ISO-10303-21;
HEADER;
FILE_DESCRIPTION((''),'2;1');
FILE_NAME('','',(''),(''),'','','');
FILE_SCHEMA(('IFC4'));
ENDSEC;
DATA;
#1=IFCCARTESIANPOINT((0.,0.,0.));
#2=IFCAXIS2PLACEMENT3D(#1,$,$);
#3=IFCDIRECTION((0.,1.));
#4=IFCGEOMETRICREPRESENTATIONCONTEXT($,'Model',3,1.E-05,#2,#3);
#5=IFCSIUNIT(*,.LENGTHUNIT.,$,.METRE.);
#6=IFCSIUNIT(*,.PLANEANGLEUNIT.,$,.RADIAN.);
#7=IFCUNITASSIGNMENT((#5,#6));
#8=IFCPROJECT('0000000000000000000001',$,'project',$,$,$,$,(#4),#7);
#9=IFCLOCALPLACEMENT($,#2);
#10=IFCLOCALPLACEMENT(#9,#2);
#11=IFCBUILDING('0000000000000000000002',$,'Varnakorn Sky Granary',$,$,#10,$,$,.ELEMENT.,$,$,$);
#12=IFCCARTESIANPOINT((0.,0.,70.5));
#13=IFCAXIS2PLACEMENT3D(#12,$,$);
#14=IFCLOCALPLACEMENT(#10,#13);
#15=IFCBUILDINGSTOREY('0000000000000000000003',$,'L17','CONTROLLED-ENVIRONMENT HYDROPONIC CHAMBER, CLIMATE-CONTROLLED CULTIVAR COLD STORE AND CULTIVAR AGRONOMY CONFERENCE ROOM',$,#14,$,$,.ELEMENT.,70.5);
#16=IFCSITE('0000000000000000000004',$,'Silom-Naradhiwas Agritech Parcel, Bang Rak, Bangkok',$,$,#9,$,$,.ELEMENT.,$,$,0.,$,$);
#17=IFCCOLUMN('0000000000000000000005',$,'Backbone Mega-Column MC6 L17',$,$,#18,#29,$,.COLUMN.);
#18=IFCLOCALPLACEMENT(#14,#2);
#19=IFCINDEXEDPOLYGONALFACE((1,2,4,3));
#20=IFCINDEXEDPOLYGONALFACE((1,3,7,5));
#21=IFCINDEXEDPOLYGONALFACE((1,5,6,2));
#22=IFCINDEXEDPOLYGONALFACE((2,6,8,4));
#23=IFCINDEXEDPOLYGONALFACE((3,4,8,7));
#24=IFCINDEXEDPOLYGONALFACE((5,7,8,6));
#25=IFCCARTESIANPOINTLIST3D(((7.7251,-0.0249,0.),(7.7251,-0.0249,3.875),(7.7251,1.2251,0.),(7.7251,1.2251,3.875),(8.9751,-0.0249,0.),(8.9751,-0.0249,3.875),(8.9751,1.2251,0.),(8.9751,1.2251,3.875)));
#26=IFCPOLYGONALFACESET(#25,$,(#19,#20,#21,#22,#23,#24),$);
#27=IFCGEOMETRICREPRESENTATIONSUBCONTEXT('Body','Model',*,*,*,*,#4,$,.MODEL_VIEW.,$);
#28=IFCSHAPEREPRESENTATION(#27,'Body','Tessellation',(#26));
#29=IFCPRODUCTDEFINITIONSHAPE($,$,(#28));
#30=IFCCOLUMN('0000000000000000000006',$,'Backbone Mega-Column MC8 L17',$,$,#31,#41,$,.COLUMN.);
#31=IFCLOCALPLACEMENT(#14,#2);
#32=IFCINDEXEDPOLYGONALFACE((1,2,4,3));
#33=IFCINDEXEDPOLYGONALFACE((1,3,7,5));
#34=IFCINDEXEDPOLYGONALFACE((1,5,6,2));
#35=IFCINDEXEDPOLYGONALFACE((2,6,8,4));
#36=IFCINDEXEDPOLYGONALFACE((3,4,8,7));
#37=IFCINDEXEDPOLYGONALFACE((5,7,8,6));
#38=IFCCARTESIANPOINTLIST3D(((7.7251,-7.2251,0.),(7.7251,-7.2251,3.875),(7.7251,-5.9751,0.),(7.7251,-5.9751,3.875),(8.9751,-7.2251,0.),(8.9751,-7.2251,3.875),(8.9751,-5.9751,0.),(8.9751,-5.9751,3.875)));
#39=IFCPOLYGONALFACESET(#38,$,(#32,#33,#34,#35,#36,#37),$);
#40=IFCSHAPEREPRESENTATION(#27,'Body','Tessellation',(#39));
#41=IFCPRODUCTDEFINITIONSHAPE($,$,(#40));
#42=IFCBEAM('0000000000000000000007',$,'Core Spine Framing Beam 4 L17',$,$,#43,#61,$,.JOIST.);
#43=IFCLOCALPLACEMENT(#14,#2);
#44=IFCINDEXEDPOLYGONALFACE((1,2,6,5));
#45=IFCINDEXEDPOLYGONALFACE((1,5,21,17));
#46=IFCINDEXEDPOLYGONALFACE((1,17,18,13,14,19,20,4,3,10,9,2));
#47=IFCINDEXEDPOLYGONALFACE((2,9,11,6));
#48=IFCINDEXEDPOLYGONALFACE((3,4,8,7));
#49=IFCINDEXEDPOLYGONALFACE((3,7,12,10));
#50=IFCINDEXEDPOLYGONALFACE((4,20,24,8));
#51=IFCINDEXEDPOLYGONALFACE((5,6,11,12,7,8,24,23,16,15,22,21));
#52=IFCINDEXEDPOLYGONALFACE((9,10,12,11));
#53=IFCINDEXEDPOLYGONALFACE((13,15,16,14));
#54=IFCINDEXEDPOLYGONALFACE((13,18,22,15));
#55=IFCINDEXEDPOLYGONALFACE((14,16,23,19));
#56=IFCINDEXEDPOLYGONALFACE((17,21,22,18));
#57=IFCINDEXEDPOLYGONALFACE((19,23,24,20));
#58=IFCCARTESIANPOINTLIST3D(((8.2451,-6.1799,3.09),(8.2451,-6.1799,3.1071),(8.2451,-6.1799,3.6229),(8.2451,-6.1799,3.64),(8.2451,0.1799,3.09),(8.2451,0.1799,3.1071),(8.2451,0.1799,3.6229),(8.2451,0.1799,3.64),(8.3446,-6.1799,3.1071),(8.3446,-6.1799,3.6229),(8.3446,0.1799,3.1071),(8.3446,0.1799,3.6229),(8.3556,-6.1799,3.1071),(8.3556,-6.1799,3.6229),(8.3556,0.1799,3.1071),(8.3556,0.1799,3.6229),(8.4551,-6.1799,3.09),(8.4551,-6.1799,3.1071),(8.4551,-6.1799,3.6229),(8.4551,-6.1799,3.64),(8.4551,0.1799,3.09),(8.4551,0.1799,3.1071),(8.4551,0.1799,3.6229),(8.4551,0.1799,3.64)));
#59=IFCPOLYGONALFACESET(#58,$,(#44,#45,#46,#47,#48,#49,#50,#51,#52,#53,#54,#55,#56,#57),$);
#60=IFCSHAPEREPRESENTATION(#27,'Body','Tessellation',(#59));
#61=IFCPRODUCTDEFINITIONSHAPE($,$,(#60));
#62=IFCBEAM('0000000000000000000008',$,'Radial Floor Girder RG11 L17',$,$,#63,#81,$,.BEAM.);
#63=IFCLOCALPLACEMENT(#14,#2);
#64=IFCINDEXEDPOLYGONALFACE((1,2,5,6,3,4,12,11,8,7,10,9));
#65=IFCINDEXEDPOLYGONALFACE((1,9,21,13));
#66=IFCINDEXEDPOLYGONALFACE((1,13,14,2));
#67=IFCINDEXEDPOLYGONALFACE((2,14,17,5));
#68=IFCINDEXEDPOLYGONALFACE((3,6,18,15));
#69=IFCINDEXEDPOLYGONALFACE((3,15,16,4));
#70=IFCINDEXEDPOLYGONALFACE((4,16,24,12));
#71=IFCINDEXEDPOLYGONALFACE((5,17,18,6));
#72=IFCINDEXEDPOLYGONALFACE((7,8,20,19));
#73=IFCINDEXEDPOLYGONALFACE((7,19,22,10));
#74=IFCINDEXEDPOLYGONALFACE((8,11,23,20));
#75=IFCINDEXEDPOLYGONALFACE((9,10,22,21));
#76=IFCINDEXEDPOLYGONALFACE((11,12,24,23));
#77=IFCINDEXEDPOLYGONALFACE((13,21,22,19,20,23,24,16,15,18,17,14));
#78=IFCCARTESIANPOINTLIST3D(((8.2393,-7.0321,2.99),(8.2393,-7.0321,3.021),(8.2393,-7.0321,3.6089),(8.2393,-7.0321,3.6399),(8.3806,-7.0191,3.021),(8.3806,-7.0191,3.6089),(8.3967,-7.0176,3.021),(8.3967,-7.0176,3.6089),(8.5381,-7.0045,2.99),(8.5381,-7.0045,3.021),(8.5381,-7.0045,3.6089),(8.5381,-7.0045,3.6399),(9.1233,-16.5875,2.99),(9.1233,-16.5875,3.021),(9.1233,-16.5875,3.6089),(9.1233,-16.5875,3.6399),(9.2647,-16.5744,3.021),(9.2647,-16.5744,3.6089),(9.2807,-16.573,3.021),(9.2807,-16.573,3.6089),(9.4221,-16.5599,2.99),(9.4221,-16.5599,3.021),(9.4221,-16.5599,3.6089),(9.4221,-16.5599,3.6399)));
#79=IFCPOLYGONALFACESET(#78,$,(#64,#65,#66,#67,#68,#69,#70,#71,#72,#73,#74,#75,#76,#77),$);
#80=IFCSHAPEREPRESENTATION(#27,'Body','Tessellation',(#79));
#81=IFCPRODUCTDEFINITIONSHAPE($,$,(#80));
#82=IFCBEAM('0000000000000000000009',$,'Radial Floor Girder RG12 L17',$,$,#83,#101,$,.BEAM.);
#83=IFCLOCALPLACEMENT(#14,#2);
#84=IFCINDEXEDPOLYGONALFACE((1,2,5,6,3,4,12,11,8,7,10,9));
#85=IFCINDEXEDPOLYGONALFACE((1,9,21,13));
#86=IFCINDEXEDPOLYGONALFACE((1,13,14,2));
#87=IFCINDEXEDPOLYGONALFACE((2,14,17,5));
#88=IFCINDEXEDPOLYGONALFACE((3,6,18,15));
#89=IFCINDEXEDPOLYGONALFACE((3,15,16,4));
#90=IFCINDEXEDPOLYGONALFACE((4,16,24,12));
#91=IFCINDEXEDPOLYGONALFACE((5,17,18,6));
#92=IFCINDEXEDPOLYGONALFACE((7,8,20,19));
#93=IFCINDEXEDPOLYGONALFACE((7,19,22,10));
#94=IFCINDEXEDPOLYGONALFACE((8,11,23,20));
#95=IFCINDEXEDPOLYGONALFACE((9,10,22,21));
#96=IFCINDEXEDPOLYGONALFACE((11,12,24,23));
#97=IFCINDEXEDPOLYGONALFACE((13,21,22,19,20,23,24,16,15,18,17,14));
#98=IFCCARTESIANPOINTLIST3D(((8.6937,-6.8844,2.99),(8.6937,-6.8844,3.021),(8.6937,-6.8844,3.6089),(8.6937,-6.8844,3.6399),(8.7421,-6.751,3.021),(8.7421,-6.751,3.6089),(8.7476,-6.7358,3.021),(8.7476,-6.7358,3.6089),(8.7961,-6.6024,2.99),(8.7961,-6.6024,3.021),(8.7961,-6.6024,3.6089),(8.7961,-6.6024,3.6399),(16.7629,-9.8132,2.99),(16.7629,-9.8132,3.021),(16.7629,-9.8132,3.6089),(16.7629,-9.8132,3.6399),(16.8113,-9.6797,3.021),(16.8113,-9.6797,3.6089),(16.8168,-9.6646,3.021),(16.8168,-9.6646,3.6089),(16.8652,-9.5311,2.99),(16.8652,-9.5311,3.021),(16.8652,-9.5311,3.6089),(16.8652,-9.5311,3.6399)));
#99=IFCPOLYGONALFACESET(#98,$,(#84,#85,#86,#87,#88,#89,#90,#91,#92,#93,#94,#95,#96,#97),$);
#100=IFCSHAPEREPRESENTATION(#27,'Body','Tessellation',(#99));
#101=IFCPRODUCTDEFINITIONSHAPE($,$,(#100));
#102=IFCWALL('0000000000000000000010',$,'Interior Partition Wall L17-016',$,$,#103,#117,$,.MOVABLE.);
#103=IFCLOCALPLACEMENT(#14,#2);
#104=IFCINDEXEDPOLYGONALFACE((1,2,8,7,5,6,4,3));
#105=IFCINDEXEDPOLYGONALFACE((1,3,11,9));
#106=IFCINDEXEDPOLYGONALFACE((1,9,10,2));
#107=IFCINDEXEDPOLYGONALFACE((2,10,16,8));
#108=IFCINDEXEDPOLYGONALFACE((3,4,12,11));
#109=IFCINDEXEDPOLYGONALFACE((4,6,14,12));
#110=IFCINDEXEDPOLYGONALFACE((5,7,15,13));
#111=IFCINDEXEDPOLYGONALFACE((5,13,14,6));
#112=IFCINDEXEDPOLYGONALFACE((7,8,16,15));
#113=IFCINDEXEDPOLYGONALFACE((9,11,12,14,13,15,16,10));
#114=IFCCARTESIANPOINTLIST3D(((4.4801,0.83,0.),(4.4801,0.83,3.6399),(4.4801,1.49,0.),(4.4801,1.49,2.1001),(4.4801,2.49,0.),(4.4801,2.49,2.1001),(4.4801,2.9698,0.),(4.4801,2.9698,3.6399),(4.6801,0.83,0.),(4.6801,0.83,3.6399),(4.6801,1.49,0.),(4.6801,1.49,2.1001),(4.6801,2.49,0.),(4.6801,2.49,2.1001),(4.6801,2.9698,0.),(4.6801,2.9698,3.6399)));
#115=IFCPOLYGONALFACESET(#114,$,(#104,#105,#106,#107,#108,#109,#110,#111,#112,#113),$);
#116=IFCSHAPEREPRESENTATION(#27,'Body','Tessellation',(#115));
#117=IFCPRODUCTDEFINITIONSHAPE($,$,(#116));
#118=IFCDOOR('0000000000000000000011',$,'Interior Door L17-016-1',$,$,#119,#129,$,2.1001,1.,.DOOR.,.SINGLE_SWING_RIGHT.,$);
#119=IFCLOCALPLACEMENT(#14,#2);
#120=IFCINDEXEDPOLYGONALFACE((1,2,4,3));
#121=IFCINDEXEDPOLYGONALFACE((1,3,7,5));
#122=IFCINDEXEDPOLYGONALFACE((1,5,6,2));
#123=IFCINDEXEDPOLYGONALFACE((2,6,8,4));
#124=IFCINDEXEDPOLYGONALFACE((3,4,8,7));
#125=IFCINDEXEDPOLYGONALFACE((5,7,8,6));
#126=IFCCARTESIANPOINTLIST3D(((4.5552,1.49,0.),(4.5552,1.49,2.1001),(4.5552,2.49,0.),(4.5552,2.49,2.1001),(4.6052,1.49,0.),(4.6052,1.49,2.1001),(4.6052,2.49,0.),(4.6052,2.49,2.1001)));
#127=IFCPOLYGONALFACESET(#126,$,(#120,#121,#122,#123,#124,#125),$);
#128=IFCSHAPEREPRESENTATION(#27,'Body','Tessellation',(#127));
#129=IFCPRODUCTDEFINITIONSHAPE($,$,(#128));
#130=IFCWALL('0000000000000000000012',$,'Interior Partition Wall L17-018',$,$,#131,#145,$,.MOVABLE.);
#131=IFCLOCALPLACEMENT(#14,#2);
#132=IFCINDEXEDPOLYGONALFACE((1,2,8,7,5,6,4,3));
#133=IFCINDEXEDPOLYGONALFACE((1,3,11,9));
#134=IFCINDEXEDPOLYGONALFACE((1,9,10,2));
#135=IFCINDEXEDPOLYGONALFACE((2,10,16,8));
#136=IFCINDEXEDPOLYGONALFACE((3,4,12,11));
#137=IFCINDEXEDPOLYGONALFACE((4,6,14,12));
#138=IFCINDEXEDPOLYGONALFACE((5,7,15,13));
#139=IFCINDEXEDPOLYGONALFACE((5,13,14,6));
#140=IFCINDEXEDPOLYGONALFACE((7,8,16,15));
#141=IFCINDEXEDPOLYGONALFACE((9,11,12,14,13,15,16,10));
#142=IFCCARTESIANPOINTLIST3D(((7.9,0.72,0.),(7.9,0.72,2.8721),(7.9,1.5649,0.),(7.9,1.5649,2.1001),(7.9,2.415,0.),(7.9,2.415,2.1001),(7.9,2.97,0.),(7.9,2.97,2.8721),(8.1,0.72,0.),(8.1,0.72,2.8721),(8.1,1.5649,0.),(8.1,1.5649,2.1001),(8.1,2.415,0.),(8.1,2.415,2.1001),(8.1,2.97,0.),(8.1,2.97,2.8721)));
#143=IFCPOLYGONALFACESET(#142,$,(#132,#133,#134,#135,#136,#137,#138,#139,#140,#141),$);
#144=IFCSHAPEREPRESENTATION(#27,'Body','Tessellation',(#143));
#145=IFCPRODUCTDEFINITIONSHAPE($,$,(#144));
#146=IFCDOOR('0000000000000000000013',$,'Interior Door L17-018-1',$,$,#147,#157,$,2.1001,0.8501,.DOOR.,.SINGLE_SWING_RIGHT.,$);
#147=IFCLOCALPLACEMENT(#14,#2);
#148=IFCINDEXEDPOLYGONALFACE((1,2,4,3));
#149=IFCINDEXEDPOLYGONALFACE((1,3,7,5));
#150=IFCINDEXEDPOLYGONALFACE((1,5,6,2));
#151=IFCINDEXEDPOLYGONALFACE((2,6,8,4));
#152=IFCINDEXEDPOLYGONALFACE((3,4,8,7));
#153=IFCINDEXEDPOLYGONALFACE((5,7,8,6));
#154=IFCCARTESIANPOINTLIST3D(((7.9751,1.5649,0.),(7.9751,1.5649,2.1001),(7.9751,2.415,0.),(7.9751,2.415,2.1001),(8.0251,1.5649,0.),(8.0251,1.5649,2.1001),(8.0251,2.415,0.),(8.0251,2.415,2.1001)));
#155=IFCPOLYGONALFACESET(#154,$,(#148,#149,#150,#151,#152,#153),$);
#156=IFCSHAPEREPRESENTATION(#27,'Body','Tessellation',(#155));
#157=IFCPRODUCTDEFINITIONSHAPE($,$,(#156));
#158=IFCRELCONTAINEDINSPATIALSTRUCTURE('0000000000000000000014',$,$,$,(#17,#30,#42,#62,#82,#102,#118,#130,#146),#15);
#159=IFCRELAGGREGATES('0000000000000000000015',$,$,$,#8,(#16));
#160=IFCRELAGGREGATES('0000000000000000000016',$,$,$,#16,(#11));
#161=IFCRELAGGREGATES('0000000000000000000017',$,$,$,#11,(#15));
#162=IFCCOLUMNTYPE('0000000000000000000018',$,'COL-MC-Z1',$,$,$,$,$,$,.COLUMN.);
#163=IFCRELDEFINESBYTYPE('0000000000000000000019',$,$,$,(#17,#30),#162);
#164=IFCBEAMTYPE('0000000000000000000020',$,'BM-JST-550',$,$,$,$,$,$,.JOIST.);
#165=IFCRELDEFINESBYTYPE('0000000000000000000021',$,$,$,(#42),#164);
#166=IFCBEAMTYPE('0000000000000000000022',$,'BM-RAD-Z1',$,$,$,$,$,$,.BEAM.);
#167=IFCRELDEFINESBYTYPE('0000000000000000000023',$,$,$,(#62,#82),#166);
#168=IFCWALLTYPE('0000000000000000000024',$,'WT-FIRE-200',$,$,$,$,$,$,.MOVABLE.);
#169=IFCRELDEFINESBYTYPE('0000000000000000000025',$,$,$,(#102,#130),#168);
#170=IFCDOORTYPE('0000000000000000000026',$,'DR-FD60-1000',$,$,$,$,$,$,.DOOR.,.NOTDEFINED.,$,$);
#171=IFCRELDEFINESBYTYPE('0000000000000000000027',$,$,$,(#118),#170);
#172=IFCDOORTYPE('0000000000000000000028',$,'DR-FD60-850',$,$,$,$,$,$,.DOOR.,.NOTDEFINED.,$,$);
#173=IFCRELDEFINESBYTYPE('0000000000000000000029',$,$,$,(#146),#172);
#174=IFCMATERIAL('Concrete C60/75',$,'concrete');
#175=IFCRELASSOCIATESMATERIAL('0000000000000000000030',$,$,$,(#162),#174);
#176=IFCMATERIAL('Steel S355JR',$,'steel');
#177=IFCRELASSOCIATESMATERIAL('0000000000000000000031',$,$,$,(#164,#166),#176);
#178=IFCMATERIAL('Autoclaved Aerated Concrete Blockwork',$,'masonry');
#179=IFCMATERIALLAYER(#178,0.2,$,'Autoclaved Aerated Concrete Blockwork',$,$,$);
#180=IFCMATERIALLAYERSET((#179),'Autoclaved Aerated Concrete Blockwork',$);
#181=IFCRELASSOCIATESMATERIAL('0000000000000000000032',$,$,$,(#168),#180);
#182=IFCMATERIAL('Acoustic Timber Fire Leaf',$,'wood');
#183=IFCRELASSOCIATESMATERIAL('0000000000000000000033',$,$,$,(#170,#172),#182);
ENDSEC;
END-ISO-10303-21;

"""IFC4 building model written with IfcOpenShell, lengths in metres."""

from ifc_helpers import new_model, si_unit, direction, frame, frame_2d, origin, origin_2d, place, context, subcontext, project, spatial, rectangle, i_section, extrude, material, layer, layer_set, material_profile, profile_set, type_object, element, fill, save


model = new_model("IFC4")

# Units and contexts
model_context = context("Model", 3, precision=1e-05, world=origin(), true_north=direction((0.0, 1.0)))
body_context = subcontext(model_context, "Body", "Model", "MODEL_VIEW")
ifc_project = project(units=[si_unit("LENGTHUNIT", "METRE"), si_unit("PLANEANGLEUNIT", "RADIAN")], contexts=[model_context])

# Site, building, storey
site_placement = place(None, origin())
site = spatial("IfcSite", under=ifc_project, at=site_placement, Name="Silom-Naradhiwas Agritech Parcel, Bang Rak, Bangkok", CompositionType="ELEMENT", RefElevation=0.0)
building_placement = place(site_placement, origin())
building = spatial("IfcBuilding", under=site, at=building_placement, Name="Varnakorn Sky Granary", CompositionType="ELEMENT")
storey_placement = place(building_placement, frame((0.0, 0.0, 70.5)))
storey = spatial("IfcBuildingStorey", under=building, at=storey_placement, Name="L17", Description="CONTROLLED-ENVIRONMENT HYDROPONIC CHAMBER, CLIMATE-CONTROLLED CULTIVAR COLD STORE AND CULTIVAR AGRONOMY CONFERENCE ROOM", CompositionType="ELEMENT", Elevation=70.5)

# Columns
ifc_material_1 = material(Name="Concrete C60/75", Category="concrete")
ifc_material_profile_1 = material_profile(ifc_material_1, rectangle(XDim=1.25, YDim=1.25, at=origin_2d()), Name="RC 1250x1250")
ifc_profile_set_1 = profile_set([ifc_material_profile_1], Name="Concrete C60/75")
column_type = type_object("IfcColumnType", Name="COL-MC-Z1", PredefinedType="COLUMN", material=ifc_profile_set_1)
for number, where, z_axis, x_axis, name in (
    (1, (8.3501, 0.6001, 0.0), (0.0, 0.0, 1.0), (1.0, 0.0, 0.0), "Backbone Mega-Column MC6 L17"),
    (2, (8.3501, -6.6001, 0.0), (0.0, 0.0, 1.0), (1.0, 0.0, 0.0), "Backbone Mega-Column MC8 L17"),
):
    element("IfcColumn", number, at=place(storey_placement, frame(where, z_axis=z_axis, x_axis=x_axis)), inside=storey, type_object=column_type, Name=name, PredefinedType="COLUMN", context=body_context, shape_type="SweptSolid", body=[
        extrude(rectangle(XDim=1.25, YDim=1.25, at=origin_2d()), origin(), (0.0, 0.0, 1.0), 3.875),
    ])

# Beams
ifc_material_2 = material(Name="Steel S355JR", Category="steel")
ifc_material_profile_2 = material_profile(ifc_material_2, i_section(OverallWidth=0.21, OverallDepth=0.55, WebThickness=0.011, FlangeThickness=0.0171, at=origin_2d()), Name="IPE 550")
ifc_profile_set_2 = profile_set([ifc_material_profile_2], Name="Steel S355JR")
beam_type_1 = type_object("IfcBeamType", Name="BM-JST-550", PredefinedType="JOIST", material=ifc_profile_set_2)
beam_1_placement = place(storey_placement, frame((8.3501, 0.1799, 3.365), z_axis=(0.0, -1.0, 0.0), x_axis=(1.0, 0.0, 0.0)))
element("IfcBeam", 3, at=beam_1_placement, inside=storey, type_object=beam_type_1, Name="Core Spine Framing Beam 4 L17", PredefinedType="JOIST", context=body_context, shape_type="SweptSolid", body=[
    extrude(i_section(OverallWidth=0.21, OverallDepth=0.55, WebThickness=0.011, FlangeThickness=0.0171, at=origin_2d()), origin(), (0.0, 0.0, 1.0), 6.3599),
])
ifc_material_profile_3 = material_profile(ifc_material_2, i_section(OverallWidth=0.3, OverallDepth=0.6499, WebThickness=0.0161, FlangeThickness=0.031, at=origin_2d()), Name="HE 650 B")
ifc_profile_set_3 = profile_set([ifc_material_profile_3], Name="Steel S355JR")
beam_type_2 = type_object("IfcBeamType", Name="BM-RAD-Z1", PredefinedType="BEAM", material=ifc_profile_set_3)
beam_2_placement = place(storey_placement, frame((8.3887, -7.0183, 3.3149), z_axis=(0.092123, -0.995748, 0.0), x_axis=(0.995748, 0.092123, 0.0)))
element("IfcBeam", 4, at=beam_2_placement, inside=storey, type_object=beam_type_2, Name="Radial Floor Girder RG11 L17", PredefinedType="BEAM", context=body_context, shape_type="SweptSolid", body=[
    extrude(i_section(OverallWidth=0.3, OverallDepth=0.6499, WebThickness=0.0161, FlangeThickness=0.031, at=origin_2d()), origin(), (0.0, 0.0, 1.0), 9.5962),
])
beam_3_placement = place(storey_placement, frame((8.7449, -6.7434, 3.3149), z_axis=(0.939999, -0.341177, 0.0), x_axis=(0.341177, 0.939999, 0.0)))
element("IfcBeam", 5, at=beam_3_placement, inside=storey, type_object=beam_type_2, Name="Radial Floor Girder RG12 L17", PredefinedType="BEAM", context=body_context, shape_type="SweptSolid", body=[
    extrude(i_section(OverallWidth=0.3, OverallDepth=0.6499, WebThickness=0.0161, FlangeThickness=0.031, at=origin_2d()), origin(), (0.0, 0.0, 1.0), 8.5842),
])

# Walls, openings, doors
ifc_material_3 = material(Name="Autoclaved Aerated Concrete Blockwork", Category="masonry")
ifc_layer_1 = layer(ifc_material_3, 0.2, Name="Autoclaved Aerated Concrete Blockwork")
ifc_layer_set_1 = layer_set([ifc_layer_1], Name="Autoclaved Aerated Concrete Blockwork")
wall_type_1 = type_object("IfcWallType", Name="WT-FIRE-200", PredefinedType="MOVABLE", material=ifc_layer_set_1)
wall_1_placement = place(storey_placement, frame((4.5801, 0.8301, 0.0), z_axis=(0.0, 0.0, 1.0), x_axis=(0.0, 1.0, 0.0)))
wall_1 = element("IfcWall", 6, at=wall_1_placement, inside=storey, type_object=wall_type_1, Name="Interior Partition Wall L17-016", PredefinedType="MOVABLE", context=body_context, shape_type="SweptSolid", body=[
    extrude(rectangle(XDim=2.1399, YDim=0.2, at=frame_2d((1.0698, 0.0))), origin(), (0.0, 0.0, 1.0), 3.6399),
])
opening_1_placement = place(wall_1_placement, frame((0.6599, 0.0, 0.0)))
opening_1 = element("IfcOpeningElement", 7, at=opening_1_placement, cuts=wall_1, PredefinedType="OPENING", context=body_context, shape_type="SweptSolid", body=[
    extrude(rectangle(XDim=1.0, YDim=2.1001, at=frame_2d((0.5, 1.05))), frame((0.0, 0.1099, 0.0), z_axis=(0.0, -1.0, 0.0), x_axis=(1.0, 0.0, 0.0)), (0.0, 0.0, 1.0), 0.22),
])
ifc_material_4 = material(Name="Acoustic Timber Fire Leaf", Category="wood")
door_type_1 = type_object("IfcDoorType", Name="DR-FD60-1000", OperationType="NOTDEFINED", PredefinedType="DOOR", material=ifc_material_4)
door_1_placement = place(opening_1_placement, origin())
door_1 = element("IfcDoor", 8, at=door_1_placement, inside=storey, type_object=door_type_1, Name="Interior Door L17-016-1", OperationType="SINGLE_SWING_RIGHT", OverallHeight=2.1001, OverallWidth=1.0, PredefinedType="DOOR", context=body_context, shape_type="SweptSolid", body=[
    extrude(rectangle(XDim=1.0, YDim=2.1001, at=frame_2d((0.5, 1.05))), frame((0.0, 0.0249, 0.0), z_axis=(0.0, -1.0, 0.0), x_axis=(1.0, 0.0, 0.0)), (0.0, 0.0, 1.0), 0.05),
])
fill(opening_1, door_1)
wall_2_placement = place(storey_placement, frame((8.0, 0.72, 0.0), z_axis=(0.0, 0.0, 1.0), x_axis=(0.0, 1.0, 0.0)))
wall_2 = element("IfcWall", 9, at=wall_2_placement, inside=storey, type_object=wall_type_1, Name="Interior Partition Wall L17-018", PredefinedType="MOVABLE", context=body_context, shape_type="SweptSolid", body=[
    extrude(rectangle(XDim=2.25, YDim=0.2, at=frame_2d((1.125, 0.0))), origin(), (0.0, 0.0, 1.0), 2.8721),
])
opening_2_placement = place(wall_2_placement, frame((0.845, 0.0, 0.0)))
opening_2 = element("IfcOpeningElement", 10, at=opening_2_placement, cuts=wall_2, PredefinedType="OPENING", context=body_context, shape_type="SweptSolid", body=[
    extrude(rectangle(XDim=0.8501, YDim=2.1001, at=frame_2d((0.425, 1.05))), frame((0.0, 0.1099, 0.0), z_axis=(0.0, -1.0, 0.0), x_axis=(1.0, 0.0, 0.0)), (0.0, 0.0, 1.0), 0.22),
])
door_type_2 = type_object("IfcDoorType", Name="DR-FD60-850", OperationType="NOTDEFINED", PredefinedType="DOOR", material=ifc_material_4)
door_2_placement = place(opening_2_placement, origin())
door_2 = element("IfcDoor", 11, at=door_2_placement, inside=storey, type_object=door_type_2, Name="Interior Door L17-018-1", OperationType="SINGLE_SWING_RIGHT", OverallHeight=2.1001, OverallWidth=0.8501, PredefinedType="DOOR", context=body_context, shape_type="SweptSolid", body=[
    extrude(rectangle(XDim=0.8501, YDim=2.1001, at=frame_2d((0.425, 1.05))), frame((0.0, 0.0249, 0.0), z_axis=(0.0, -1.0, 0.0), x_axis=(1.0, 0.0, 0.0)), (0.0, 0.0, 1.0), 0.05),
])
fill(opening_2, door_2)

save(model, "model.ifc")
